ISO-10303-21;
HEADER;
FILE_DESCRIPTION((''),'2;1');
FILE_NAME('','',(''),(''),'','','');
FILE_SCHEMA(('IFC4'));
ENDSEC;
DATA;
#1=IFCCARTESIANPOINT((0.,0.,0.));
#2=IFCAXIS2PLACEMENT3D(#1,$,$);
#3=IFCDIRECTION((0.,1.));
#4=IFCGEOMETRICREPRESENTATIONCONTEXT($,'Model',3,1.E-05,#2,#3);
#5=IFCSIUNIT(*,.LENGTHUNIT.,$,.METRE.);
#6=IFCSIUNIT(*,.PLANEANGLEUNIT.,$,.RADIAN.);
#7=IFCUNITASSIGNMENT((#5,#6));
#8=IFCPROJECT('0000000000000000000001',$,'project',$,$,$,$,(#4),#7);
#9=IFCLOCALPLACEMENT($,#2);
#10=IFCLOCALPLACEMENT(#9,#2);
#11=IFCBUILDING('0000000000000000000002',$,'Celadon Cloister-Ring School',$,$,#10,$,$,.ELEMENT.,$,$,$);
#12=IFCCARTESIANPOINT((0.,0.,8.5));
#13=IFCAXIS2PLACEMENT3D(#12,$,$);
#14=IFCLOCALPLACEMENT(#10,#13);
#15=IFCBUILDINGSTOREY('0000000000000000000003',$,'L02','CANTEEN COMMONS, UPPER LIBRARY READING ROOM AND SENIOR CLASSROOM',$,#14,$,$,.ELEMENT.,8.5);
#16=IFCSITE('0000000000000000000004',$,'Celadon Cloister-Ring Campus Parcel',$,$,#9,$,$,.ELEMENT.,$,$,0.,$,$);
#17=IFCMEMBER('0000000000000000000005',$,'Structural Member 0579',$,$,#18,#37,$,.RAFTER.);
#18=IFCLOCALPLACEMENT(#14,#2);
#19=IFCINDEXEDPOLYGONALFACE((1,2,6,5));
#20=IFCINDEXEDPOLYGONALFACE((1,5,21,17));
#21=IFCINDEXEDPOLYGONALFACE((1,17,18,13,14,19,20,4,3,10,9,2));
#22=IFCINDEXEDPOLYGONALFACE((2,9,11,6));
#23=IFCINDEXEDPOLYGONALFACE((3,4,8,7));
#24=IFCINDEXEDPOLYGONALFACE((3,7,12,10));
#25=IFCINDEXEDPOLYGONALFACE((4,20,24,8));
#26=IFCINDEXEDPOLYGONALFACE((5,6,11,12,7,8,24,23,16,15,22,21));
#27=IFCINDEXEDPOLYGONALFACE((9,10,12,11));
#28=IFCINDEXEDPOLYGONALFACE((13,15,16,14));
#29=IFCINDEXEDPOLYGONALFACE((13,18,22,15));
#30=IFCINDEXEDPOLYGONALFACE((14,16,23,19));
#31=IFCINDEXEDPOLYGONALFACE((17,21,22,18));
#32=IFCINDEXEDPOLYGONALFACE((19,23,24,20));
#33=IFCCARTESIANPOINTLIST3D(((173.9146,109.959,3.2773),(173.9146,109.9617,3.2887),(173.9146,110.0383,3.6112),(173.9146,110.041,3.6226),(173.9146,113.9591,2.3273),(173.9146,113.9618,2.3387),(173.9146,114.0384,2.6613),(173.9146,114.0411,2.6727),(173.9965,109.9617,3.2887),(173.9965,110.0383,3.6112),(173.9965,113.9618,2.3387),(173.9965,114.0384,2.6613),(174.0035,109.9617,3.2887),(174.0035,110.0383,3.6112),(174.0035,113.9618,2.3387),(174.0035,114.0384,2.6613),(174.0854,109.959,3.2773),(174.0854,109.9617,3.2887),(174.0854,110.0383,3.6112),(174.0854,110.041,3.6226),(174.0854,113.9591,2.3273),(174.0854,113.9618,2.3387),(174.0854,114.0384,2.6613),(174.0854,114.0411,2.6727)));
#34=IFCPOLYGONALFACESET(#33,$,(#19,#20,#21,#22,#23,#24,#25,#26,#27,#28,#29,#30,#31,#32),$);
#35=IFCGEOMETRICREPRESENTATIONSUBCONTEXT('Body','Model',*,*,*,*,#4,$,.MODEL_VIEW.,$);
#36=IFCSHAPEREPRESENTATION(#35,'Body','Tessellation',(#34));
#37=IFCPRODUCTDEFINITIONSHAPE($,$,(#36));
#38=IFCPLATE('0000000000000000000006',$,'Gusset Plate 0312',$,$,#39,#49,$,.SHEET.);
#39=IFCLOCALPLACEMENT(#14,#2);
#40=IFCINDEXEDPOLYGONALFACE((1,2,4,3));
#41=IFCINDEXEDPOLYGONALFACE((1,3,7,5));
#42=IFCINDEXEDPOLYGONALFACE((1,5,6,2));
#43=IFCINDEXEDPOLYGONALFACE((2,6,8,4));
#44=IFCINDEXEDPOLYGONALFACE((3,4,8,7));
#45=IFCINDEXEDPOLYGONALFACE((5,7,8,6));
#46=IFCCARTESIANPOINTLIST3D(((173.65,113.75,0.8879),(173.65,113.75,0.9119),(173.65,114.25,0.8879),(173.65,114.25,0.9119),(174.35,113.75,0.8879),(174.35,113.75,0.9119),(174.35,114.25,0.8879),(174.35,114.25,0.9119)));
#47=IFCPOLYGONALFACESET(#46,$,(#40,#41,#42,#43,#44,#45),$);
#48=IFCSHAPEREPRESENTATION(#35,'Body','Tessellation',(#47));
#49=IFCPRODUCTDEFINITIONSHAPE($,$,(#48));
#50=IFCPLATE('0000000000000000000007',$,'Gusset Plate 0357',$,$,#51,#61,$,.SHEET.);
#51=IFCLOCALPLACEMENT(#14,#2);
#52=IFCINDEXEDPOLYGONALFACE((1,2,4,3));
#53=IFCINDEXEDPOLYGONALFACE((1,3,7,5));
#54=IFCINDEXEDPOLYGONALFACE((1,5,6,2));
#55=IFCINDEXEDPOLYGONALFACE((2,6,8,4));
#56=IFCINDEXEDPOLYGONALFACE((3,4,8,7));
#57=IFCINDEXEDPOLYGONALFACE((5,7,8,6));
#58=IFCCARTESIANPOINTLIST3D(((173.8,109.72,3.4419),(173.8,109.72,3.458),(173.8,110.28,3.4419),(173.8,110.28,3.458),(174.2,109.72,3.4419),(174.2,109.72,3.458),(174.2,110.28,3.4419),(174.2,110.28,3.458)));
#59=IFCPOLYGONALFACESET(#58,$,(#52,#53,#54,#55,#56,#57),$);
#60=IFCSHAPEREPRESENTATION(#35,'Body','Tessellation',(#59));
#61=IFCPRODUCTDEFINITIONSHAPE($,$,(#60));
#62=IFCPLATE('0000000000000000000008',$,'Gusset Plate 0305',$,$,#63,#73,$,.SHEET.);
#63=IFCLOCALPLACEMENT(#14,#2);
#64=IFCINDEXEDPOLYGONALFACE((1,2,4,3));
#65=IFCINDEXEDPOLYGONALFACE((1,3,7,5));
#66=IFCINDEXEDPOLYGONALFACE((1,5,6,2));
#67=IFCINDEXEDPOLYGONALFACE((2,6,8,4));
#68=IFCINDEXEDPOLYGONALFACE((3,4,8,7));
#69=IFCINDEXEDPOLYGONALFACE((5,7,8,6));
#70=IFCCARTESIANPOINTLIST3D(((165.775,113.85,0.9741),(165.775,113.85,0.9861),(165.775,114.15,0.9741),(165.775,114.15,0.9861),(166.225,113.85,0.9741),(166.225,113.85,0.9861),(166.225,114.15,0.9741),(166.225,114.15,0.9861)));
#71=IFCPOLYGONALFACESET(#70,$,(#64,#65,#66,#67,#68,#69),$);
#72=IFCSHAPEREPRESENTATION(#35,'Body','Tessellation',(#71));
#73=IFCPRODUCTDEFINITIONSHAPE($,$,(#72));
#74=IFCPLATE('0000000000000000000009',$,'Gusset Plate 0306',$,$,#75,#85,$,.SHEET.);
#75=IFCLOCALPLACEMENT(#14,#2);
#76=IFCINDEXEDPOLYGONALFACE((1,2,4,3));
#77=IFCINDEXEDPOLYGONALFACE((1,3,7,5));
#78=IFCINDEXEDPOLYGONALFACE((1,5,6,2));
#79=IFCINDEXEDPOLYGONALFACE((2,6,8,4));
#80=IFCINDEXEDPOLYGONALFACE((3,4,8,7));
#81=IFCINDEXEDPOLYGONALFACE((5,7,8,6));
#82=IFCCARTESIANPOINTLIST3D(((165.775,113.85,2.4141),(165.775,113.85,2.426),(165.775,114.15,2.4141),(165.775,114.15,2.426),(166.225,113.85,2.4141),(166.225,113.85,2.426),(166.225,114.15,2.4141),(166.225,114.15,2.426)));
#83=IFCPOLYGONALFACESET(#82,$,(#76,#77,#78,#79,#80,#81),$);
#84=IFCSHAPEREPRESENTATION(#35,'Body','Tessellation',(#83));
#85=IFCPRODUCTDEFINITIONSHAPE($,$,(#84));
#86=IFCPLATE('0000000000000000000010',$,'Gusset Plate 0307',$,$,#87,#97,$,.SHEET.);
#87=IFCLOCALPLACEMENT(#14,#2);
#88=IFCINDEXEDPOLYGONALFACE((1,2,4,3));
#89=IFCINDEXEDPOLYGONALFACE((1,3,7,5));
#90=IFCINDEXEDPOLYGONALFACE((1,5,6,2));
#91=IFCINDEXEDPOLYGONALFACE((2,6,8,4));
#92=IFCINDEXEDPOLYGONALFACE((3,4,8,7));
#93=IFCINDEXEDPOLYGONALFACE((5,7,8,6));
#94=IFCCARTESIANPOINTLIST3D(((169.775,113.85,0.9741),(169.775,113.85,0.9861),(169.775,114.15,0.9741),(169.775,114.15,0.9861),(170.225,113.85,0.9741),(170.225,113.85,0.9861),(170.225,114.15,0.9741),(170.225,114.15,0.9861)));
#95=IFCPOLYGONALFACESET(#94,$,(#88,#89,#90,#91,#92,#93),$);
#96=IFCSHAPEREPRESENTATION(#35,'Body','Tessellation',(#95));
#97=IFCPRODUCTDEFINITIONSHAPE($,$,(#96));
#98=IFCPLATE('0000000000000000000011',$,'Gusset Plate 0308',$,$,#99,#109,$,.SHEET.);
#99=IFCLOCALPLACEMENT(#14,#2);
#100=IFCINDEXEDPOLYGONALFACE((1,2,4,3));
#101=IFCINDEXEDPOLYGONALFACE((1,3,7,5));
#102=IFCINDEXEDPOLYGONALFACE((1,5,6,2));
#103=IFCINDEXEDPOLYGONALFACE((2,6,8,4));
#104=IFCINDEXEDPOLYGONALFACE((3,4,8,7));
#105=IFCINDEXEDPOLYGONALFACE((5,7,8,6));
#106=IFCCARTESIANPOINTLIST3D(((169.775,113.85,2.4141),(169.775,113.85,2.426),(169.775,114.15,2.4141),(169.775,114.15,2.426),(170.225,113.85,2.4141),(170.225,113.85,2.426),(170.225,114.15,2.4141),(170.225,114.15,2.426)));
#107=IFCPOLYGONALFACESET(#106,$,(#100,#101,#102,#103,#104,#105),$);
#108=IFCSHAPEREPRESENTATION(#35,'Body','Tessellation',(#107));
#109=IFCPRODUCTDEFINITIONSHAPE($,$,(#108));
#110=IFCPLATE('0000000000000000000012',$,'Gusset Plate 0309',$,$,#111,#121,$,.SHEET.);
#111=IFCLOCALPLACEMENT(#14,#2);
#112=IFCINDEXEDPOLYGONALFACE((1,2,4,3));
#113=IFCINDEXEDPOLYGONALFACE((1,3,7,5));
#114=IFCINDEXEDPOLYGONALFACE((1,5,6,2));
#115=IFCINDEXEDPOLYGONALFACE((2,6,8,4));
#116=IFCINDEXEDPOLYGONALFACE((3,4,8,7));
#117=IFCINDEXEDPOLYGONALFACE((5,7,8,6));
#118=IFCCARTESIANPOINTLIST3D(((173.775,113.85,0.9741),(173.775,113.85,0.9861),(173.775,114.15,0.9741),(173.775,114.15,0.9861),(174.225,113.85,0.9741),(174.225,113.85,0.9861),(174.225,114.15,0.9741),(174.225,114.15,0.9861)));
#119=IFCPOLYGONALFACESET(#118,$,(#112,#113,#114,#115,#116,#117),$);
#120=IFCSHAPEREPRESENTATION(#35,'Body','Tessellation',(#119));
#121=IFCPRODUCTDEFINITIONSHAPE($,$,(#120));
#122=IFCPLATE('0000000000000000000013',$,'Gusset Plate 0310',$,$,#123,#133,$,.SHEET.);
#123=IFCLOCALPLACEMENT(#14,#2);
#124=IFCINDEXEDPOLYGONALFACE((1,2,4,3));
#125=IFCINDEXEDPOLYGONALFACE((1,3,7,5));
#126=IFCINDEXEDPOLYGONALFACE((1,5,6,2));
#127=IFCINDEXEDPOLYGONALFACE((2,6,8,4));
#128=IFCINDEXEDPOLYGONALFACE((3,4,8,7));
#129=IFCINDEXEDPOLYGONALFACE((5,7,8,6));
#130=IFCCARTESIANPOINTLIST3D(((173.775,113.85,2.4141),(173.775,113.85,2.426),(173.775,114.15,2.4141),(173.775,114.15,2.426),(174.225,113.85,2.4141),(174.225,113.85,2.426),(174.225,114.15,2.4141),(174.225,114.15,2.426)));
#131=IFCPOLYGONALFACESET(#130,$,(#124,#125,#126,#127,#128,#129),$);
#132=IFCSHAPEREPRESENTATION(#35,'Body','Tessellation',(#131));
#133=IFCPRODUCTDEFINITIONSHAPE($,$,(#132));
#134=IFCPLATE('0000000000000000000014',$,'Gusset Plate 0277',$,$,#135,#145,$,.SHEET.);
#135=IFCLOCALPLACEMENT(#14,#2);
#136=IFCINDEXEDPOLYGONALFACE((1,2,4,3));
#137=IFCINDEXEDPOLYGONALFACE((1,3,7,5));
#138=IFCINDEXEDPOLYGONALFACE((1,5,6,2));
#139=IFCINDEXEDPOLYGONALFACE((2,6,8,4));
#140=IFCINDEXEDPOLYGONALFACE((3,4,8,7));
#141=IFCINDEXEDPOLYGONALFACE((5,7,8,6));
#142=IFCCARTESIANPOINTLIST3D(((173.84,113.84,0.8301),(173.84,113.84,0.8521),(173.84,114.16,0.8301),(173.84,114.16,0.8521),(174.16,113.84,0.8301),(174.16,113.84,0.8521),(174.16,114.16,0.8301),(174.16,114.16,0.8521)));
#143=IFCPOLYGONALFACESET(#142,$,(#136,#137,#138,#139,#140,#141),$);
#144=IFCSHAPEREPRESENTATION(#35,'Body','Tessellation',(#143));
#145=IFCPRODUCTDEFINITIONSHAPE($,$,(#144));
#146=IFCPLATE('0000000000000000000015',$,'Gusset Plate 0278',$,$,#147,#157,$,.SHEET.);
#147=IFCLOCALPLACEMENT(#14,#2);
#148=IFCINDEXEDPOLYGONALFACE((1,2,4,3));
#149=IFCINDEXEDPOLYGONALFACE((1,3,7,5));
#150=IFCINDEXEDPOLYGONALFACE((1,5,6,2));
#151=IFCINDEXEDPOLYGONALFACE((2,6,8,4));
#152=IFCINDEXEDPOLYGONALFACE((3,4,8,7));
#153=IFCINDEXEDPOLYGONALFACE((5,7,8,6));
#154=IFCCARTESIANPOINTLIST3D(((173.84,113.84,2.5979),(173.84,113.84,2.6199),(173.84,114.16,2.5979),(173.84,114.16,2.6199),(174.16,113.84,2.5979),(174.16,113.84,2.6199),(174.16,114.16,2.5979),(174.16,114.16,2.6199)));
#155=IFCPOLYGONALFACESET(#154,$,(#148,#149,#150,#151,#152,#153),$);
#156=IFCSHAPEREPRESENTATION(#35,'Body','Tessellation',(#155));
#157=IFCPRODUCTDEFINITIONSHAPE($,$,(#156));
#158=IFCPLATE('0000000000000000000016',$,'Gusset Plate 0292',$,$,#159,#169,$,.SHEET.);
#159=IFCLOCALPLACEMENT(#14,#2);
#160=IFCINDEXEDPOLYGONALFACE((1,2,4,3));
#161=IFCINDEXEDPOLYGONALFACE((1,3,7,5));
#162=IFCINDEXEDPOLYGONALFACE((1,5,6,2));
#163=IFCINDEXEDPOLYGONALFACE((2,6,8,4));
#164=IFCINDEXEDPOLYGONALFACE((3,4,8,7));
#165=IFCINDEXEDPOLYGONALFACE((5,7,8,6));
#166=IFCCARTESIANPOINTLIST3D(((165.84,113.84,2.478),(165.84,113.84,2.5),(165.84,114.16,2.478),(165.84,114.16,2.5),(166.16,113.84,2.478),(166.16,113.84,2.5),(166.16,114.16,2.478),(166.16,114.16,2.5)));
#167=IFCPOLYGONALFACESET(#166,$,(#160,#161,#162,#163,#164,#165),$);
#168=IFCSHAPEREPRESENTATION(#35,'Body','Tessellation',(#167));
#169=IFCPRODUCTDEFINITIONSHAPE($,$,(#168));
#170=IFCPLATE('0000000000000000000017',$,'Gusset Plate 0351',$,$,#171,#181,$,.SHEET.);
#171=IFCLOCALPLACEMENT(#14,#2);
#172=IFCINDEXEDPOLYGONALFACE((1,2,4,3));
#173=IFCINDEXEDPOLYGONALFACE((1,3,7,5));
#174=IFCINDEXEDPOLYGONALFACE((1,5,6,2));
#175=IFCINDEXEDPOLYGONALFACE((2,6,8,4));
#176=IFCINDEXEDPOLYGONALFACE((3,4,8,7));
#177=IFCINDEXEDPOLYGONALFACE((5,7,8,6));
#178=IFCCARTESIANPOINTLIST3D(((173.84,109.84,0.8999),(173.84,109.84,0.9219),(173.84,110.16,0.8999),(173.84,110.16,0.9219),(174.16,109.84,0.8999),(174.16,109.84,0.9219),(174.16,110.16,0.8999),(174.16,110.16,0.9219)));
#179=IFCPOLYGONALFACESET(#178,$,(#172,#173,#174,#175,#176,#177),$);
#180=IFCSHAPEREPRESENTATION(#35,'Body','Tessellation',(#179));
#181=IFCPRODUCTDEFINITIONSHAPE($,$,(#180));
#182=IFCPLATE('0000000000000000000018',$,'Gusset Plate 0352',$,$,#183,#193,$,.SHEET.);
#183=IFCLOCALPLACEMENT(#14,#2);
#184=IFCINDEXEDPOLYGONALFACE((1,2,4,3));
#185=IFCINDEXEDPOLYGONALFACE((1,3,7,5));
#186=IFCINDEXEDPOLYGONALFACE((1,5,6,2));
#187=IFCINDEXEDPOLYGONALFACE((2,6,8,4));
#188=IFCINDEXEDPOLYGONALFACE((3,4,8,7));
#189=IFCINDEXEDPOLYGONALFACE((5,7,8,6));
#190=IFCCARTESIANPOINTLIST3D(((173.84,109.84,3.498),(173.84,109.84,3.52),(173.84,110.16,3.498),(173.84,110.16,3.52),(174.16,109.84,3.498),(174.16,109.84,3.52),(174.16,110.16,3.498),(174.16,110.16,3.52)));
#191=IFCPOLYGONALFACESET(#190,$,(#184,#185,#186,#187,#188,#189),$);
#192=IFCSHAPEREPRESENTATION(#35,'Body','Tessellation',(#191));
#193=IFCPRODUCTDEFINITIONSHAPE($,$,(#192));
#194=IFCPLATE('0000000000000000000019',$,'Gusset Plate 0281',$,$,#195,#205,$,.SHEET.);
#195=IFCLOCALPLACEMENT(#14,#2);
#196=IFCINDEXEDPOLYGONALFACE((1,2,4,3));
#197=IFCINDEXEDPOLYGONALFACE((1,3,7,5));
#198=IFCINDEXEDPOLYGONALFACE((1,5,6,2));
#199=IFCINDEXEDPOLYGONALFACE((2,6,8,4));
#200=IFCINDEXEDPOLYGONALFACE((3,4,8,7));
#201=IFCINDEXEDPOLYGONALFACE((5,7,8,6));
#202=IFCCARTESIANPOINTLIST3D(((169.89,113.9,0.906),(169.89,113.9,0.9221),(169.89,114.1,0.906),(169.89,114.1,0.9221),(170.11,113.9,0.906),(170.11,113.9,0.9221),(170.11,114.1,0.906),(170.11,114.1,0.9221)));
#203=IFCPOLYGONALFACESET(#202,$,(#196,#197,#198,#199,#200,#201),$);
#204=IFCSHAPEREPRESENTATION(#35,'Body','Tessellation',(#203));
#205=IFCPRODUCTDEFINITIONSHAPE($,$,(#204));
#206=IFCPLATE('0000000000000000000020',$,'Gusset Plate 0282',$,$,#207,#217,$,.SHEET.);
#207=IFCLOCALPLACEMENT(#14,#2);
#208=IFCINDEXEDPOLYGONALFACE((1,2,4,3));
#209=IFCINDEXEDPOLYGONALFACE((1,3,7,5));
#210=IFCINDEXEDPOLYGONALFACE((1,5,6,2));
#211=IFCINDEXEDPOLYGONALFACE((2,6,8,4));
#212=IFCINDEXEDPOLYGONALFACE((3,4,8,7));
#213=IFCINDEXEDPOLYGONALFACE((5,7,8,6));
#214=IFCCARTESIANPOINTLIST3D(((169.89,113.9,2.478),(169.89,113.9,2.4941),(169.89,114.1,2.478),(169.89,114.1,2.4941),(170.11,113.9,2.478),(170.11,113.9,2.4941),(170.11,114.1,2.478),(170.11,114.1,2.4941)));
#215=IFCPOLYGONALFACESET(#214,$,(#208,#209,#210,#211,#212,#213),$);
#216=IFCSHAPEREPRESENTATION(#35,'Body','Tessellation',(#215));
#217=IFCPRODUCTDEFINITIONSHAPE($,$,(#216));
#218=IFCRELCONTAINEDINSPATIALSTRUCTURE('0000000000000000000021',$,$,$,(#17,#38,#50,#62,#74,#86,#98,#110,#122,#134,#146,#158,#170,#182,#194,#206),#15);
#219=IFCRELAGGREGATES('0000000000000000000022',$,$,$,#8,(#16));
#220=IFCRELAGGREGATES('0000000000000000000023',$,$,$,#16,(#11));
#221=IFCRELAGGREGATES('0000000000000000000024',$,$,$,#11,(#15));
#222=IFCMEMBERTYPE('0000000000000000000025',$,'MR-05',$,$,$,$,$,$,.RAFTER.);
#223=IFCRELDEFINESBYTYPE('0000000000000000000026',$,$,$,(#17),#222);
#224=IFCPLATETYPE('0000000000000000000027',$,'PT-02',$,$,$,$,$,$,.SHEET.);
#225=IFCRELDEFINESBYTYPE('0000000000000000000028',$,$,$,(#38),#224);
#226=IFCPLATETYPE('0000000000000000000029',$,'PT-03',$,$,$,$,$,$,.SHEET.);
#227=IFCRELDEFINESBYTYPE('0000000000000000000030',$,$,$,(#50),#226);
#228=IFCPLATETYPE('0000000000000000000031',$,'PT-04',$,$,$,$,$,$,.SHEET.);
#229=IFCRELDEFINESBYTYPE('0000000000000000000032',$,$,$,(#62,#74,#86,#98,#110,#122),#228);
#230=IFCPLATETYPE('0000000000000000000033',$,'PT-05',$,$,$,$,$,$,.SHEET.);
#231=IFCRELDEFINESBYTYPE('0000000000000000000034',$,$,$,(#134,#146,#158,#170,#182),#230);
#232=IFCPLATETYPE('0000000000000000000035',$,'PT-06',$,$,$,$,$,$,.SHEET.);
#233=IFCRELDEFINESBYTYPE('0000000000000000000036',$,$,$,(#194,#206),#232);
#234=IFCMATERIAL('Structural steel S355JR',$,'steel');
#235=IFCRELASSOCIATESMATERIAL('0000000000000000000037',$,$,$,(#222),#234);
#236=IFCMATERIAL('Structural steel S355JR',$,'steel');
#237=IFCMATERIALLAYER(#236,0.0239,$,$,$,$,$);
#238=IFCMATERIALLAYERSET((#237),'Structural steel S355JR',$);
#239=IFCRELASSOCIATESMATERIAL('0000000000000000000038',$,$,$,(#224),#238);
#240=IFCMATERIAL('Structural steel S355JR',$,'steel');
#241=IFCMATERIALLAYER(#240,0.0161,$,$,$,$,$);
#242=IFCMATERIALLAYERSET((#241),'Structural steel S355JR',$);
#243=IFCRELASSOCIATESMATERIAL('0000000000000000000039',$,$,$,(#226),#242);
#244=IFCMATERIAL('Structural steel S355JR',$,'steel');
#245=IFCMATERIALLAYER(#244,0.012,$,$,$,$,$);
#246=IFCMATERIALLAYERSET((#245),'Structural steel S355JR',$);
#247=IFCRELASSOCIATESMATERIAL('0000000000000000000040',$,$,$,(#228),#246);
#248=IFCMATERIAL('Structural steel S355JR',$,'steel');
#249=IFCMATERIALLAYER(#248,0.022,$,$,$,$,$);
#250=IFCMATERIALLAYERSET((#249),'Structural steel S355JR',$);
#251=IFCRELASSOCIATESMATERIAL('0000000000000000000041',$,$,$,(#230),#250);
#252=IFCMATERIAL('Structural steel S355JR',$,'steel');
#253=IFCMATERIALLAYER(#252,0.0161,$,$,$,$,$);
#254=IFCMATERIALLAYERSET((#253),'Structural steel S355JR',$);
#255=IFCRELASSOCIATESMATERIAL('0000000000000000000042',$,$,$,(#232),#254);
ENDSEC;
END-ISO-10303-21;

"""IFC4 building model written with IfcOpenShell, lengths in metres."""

from ifc_helpers import new_model, si_unit, direction, frame, origin, origin_2d, place, context, subcontext, project, spatial, rectangle, i_section, extrude, material, layer, layer_set, material_profile, profile_set, type_object, element, save


model = new_model("IFC4")

# Units and contexts
model_context = context("Model", 3, precision=1e-05, world=origin(), true_north=direction((0.0, 1.0)))
body_context = subcontext(model_context, "Body", "Model", "MODEL_VIEW")
ifc_project = project(units=[si_unit("LENGTHUNIT", "METRE"), si_unit("PLANEANGLEUNIT", "RADIAN")], contexts=[model_context])

# Site, building, storey
site_placement = place(None, origin())
site = spatial("IfcSite", under=ifc_project, at=site_placement, Name="Celadon Cloister-Ring Campus Parcel", CompositionType="ELEMENT", RefElevation=0.0)
building_placement = place(site_placement, origin())
building = spatial("IfcBuilding", under=site, at=building_placement, Name="Celadon Cloister-Ring School", CompositionType="ELEMENT")
storey_placement = place(building_placement, frame((0.0, 0.0, 8.5)))
storey = spatial("IfcBuildingStorey", under=building, at=storey_placement, Name="L02", Description="CANTEEN COMMONS, UPPER LIBRARY READING ROOM AND SENIOR CLASSROOM", CompositionType="ELEMENT", Elevation=8.5)

# Member
ifc_material_1 = material(Name="Structural steel S355JR", Category="steel")
ifc_material_profile_1 = material_profile(ifc_material_1, i_section(OverallWidth=0.1709, OverallDepth=0.355, WebThickness=0.0071, FlangeThickness=0.0117, at=origin_2d()), Name="W360X51")
ifc_profile_set_1 = profile_set([ifc_material_profile_1], Name="Structural steel S355JR")
member_type_1 = type_object("IfcMemberType", Name="MR-05", PredefinedType="RAFTER", material=ifc_profile_set_1)
member_1_placement = place(storey_placement, frame((174.0, 110.0, 3.45), z_axis=(0.0, 0.972939, -0.231061), x_axis=(-1.0, 0.0, 0.0)))
element("IfcMember", 1, at=member_1_placement, inside=storey, type_object=member_type_1, Name="Structural Member 0579", PredefinedType="RAFTER", context=body_context, shape_type="SweptSolid", body=[
    extrude(i_section(OverallWidth=0.1709, OverallDepth=0.355, WebThickness=0.0071, FlangeThickness=0.0117, at=origin_2d()), origin(), (0.0, 0.0, 1.0), 4.1113),
])

# Plates
ifc_material_2 = material(Name="Structural steel S355JR", Category="steel")
ifc_layer_1 = layer(ifc_material_2, 0.0239)
ifc_layer_set_1 = layer_set([ifc_layer_1], Name="Structural steel S355JR")
plate_type_1 = type_object("IfcPlateType", Name="PT-02", PredefinedType="SHEET", material=ifc_layer_set_1)
plate_1_placement = place(storey_placement, frame((174.0, 114.0, 0.8879), z_axis=(0.0, 0.0, 1.0), x_axis=(1.0, 0.0, 0.0)))
element("IfcPlate", 2, at=plate_1_placement, inside=storey, type_object=plate_type_1, Name="Gusset Plate 0312", PredefinedType="SHEET", context=body_context, shape_type="SweptSolid", body=[
    extrude(rectangle(XDim=0.7, YDim=0.5, at=origin_2d()), origin(), (0.0, 0.0, 1.0), 0.0239),
])
ifc_material_3 = material(Name="Structural steel S355JR", Category="steel")
ifc_layer_2 = layer(ifc_material_3, 0.0161)
ifc_layer_set_2 = layer_set([ifc_layer_2], Name="Structural steel S355JR")
plate_type_2 = type_object("IfcPlateType", Name="PT-03", PredefinedType="SHEET", material=ifc_layer_set_2)
plate_2_placement = place(storey_placement, frame((174.0, 110.0, 3.4419), z_axis=(0.0, 0.0, 1.0), x_axis=(0.0, 1.0, 0.0)))
element("IfcPlate", 3, at=plate_2_placement, inside=storey, type_object=plate_type_2, Name="Gusset Plate 0357", PredefinedType="SHEET", context=body_context, shape_type="SweptSolid", body=[
    extrude(rectangle(XDim=0.5601, YDim=0.3999, at=origin_2d()), origin(), (0.0, 0.0, 1.0), 0.0161),
])
ifc_material_4 = material(Name="Structural steel S355JR", Category="steel")
ifc_layer_3 = layer(ifc_material_4, 0.012)
ifc_layer_set_3 = layer_set([ifc_layer_3], Name="Structural steel S355JR")
plate_type_3 = type_object("IfcPlateType", Name="PT-04", PredefinedType="SHEET", material=ifc_layer_set_3)
for number, where, z_axis, x_axis, name in (
    (4, (166.0, 114.0, 0.9741), (0.0, 0.0, 1.0), (1.0, 0.0, 0.0), "Gusset Plate 0305"),
    (5, (166.0, 114.0, 2.4141), (0.0, 0.0, 1.0), (1.0, 0.0, 0.0), "Gusset Plate 0306"),
    (6, (170.0, 114.0, 0.9741), (0.0, 0.0, 1.0), (1.0, 0.0, 0.0), "Gusset Plate 0307"),
    (7, (170.0, 114.0, 2.4141), (0.0, 0.0, 1.0), (1.0, 0.0, 0.0), "Gusset Plate 0308"),
    (8, (174.0, 114.0, 0.9741), (0.0, 0.0, 1.0), (1.0, 0.0, 0.0), "Gusset Plate 0309"),
    (9, (174.0, 114.0, 2.4141), (0.0, 0.0, 1.0), (1.0, 0.0, 0.0), "Gusset Plate 0310"),
):
    element("IfcPlate", number, at=place(storey_placement, frame(where, z_axis=z_axis, x_axis=x_axis)), inside=storey, type_object=plate_type_3, Name=name, PredefinedType="SHEET", context=body_context, shape_type="SweptSolid", body=[
        extrude(rectangle(XDim=0.45, YDim=0.3, at=origin_2d()), origin(), (0.0, 0.0, 1.0), 0.012),
    ])
ifc_material_5 = material(Name="Structural steel S355JR", Category="steel")
ifc_layer_4 = layer(ifc_material_5, 0.022)
ifc_layer_set_4 = layer_set([ifc_layer_4], Name="Structural steel S355JR")
plate_type_4 = type_object("IfcPlateType", Name="PT-05", PredefinedType="SHEET", material=ifc_layer_set_4)
for number, where, z_axis, x_axis, name in (
    (10, (174.0, 114.0, 0.8301), (0.0, 0.0, 1.0), (1.0, 0.0, 0.0), "Gusset Plate 0277"),
    (11, (174.0, 114.0, 2.5979), (0.0, 0.0, 1.0), (1.0, 0.0, 0.0), "Gusset Plate 0278"),
    (12, (166.0, 114.0, 2.478), (0.0, 0.0, 1.0), (1.0, 0.0, 0.0), "Gusset Plate 0292"),
    (13, (174.0, 110.0, 0.8999), (0.0, 0.0, 1.0), (1.0, 0.0, 0.0), "Gusset Plate 0351"),
    (14, (174.0, 110.0, 3.498), (0.0, 0.0, 1.0), (1.0, 0.0, 0.0), "Gusset Plate 0352"),
):
    element("IfcPlate", number, at=place(storey_placement, frame(where, z_axis=z_axis, x_axis=x_axis)), inside=storey, type_object=plate_type_4, Name=name, PredefinedType="SHEET", context=body_context, shape_type="SweptSolid", body=[
        extrude(rectangle(XDim=0.3201, YDim=0.3201, at=origin_2d()), origin(), (0.0, 0.0, 1.0), 0.022),
    ])
ifc_material_6 = material(Name="Structural steel S355JR", Category="steel")
ifc_layer_5 = layer(ifc_material_6, 0.0161)
ifc_layer_set_5 = layer_set([ifc_layer_5], Name="Structural steel S355JR")
plate_type_5 = type_object("IfcPlateType", Name="PT-06", PredefinedType="SHEET", material=ifc_layer_set_5)
for number, where, z_axis, x_axis, name in (
    (15, (170.0, 114.0, 0.906), (0.0, 0.0, 1.0), (1.0, 0.0, 0.0), "Gusset Plate 0281"),
    (16, (170.0, 114.0, 2.478), (0.0, 0.0, 1.0), (1.0, 0.0, 0.0), "Gusset Plate 0282"),
):
    element("IfcPlate", number, at=place(storey_placement, frame(where, z_axis=z_axis, x_axis=x_axis)), inside=storey, type_object=plate_type_5, Name=name, PredefinedType="SHEET", context=body_context, shape_type="SweptSolid", body=[
        extrude(rectangle(XDim=0.22, YDim=0.2, at=origin_2d()), origin(), (0.0, 0.0, 1.0), 0.0161),
    ])

save(model, "model.ifc")
